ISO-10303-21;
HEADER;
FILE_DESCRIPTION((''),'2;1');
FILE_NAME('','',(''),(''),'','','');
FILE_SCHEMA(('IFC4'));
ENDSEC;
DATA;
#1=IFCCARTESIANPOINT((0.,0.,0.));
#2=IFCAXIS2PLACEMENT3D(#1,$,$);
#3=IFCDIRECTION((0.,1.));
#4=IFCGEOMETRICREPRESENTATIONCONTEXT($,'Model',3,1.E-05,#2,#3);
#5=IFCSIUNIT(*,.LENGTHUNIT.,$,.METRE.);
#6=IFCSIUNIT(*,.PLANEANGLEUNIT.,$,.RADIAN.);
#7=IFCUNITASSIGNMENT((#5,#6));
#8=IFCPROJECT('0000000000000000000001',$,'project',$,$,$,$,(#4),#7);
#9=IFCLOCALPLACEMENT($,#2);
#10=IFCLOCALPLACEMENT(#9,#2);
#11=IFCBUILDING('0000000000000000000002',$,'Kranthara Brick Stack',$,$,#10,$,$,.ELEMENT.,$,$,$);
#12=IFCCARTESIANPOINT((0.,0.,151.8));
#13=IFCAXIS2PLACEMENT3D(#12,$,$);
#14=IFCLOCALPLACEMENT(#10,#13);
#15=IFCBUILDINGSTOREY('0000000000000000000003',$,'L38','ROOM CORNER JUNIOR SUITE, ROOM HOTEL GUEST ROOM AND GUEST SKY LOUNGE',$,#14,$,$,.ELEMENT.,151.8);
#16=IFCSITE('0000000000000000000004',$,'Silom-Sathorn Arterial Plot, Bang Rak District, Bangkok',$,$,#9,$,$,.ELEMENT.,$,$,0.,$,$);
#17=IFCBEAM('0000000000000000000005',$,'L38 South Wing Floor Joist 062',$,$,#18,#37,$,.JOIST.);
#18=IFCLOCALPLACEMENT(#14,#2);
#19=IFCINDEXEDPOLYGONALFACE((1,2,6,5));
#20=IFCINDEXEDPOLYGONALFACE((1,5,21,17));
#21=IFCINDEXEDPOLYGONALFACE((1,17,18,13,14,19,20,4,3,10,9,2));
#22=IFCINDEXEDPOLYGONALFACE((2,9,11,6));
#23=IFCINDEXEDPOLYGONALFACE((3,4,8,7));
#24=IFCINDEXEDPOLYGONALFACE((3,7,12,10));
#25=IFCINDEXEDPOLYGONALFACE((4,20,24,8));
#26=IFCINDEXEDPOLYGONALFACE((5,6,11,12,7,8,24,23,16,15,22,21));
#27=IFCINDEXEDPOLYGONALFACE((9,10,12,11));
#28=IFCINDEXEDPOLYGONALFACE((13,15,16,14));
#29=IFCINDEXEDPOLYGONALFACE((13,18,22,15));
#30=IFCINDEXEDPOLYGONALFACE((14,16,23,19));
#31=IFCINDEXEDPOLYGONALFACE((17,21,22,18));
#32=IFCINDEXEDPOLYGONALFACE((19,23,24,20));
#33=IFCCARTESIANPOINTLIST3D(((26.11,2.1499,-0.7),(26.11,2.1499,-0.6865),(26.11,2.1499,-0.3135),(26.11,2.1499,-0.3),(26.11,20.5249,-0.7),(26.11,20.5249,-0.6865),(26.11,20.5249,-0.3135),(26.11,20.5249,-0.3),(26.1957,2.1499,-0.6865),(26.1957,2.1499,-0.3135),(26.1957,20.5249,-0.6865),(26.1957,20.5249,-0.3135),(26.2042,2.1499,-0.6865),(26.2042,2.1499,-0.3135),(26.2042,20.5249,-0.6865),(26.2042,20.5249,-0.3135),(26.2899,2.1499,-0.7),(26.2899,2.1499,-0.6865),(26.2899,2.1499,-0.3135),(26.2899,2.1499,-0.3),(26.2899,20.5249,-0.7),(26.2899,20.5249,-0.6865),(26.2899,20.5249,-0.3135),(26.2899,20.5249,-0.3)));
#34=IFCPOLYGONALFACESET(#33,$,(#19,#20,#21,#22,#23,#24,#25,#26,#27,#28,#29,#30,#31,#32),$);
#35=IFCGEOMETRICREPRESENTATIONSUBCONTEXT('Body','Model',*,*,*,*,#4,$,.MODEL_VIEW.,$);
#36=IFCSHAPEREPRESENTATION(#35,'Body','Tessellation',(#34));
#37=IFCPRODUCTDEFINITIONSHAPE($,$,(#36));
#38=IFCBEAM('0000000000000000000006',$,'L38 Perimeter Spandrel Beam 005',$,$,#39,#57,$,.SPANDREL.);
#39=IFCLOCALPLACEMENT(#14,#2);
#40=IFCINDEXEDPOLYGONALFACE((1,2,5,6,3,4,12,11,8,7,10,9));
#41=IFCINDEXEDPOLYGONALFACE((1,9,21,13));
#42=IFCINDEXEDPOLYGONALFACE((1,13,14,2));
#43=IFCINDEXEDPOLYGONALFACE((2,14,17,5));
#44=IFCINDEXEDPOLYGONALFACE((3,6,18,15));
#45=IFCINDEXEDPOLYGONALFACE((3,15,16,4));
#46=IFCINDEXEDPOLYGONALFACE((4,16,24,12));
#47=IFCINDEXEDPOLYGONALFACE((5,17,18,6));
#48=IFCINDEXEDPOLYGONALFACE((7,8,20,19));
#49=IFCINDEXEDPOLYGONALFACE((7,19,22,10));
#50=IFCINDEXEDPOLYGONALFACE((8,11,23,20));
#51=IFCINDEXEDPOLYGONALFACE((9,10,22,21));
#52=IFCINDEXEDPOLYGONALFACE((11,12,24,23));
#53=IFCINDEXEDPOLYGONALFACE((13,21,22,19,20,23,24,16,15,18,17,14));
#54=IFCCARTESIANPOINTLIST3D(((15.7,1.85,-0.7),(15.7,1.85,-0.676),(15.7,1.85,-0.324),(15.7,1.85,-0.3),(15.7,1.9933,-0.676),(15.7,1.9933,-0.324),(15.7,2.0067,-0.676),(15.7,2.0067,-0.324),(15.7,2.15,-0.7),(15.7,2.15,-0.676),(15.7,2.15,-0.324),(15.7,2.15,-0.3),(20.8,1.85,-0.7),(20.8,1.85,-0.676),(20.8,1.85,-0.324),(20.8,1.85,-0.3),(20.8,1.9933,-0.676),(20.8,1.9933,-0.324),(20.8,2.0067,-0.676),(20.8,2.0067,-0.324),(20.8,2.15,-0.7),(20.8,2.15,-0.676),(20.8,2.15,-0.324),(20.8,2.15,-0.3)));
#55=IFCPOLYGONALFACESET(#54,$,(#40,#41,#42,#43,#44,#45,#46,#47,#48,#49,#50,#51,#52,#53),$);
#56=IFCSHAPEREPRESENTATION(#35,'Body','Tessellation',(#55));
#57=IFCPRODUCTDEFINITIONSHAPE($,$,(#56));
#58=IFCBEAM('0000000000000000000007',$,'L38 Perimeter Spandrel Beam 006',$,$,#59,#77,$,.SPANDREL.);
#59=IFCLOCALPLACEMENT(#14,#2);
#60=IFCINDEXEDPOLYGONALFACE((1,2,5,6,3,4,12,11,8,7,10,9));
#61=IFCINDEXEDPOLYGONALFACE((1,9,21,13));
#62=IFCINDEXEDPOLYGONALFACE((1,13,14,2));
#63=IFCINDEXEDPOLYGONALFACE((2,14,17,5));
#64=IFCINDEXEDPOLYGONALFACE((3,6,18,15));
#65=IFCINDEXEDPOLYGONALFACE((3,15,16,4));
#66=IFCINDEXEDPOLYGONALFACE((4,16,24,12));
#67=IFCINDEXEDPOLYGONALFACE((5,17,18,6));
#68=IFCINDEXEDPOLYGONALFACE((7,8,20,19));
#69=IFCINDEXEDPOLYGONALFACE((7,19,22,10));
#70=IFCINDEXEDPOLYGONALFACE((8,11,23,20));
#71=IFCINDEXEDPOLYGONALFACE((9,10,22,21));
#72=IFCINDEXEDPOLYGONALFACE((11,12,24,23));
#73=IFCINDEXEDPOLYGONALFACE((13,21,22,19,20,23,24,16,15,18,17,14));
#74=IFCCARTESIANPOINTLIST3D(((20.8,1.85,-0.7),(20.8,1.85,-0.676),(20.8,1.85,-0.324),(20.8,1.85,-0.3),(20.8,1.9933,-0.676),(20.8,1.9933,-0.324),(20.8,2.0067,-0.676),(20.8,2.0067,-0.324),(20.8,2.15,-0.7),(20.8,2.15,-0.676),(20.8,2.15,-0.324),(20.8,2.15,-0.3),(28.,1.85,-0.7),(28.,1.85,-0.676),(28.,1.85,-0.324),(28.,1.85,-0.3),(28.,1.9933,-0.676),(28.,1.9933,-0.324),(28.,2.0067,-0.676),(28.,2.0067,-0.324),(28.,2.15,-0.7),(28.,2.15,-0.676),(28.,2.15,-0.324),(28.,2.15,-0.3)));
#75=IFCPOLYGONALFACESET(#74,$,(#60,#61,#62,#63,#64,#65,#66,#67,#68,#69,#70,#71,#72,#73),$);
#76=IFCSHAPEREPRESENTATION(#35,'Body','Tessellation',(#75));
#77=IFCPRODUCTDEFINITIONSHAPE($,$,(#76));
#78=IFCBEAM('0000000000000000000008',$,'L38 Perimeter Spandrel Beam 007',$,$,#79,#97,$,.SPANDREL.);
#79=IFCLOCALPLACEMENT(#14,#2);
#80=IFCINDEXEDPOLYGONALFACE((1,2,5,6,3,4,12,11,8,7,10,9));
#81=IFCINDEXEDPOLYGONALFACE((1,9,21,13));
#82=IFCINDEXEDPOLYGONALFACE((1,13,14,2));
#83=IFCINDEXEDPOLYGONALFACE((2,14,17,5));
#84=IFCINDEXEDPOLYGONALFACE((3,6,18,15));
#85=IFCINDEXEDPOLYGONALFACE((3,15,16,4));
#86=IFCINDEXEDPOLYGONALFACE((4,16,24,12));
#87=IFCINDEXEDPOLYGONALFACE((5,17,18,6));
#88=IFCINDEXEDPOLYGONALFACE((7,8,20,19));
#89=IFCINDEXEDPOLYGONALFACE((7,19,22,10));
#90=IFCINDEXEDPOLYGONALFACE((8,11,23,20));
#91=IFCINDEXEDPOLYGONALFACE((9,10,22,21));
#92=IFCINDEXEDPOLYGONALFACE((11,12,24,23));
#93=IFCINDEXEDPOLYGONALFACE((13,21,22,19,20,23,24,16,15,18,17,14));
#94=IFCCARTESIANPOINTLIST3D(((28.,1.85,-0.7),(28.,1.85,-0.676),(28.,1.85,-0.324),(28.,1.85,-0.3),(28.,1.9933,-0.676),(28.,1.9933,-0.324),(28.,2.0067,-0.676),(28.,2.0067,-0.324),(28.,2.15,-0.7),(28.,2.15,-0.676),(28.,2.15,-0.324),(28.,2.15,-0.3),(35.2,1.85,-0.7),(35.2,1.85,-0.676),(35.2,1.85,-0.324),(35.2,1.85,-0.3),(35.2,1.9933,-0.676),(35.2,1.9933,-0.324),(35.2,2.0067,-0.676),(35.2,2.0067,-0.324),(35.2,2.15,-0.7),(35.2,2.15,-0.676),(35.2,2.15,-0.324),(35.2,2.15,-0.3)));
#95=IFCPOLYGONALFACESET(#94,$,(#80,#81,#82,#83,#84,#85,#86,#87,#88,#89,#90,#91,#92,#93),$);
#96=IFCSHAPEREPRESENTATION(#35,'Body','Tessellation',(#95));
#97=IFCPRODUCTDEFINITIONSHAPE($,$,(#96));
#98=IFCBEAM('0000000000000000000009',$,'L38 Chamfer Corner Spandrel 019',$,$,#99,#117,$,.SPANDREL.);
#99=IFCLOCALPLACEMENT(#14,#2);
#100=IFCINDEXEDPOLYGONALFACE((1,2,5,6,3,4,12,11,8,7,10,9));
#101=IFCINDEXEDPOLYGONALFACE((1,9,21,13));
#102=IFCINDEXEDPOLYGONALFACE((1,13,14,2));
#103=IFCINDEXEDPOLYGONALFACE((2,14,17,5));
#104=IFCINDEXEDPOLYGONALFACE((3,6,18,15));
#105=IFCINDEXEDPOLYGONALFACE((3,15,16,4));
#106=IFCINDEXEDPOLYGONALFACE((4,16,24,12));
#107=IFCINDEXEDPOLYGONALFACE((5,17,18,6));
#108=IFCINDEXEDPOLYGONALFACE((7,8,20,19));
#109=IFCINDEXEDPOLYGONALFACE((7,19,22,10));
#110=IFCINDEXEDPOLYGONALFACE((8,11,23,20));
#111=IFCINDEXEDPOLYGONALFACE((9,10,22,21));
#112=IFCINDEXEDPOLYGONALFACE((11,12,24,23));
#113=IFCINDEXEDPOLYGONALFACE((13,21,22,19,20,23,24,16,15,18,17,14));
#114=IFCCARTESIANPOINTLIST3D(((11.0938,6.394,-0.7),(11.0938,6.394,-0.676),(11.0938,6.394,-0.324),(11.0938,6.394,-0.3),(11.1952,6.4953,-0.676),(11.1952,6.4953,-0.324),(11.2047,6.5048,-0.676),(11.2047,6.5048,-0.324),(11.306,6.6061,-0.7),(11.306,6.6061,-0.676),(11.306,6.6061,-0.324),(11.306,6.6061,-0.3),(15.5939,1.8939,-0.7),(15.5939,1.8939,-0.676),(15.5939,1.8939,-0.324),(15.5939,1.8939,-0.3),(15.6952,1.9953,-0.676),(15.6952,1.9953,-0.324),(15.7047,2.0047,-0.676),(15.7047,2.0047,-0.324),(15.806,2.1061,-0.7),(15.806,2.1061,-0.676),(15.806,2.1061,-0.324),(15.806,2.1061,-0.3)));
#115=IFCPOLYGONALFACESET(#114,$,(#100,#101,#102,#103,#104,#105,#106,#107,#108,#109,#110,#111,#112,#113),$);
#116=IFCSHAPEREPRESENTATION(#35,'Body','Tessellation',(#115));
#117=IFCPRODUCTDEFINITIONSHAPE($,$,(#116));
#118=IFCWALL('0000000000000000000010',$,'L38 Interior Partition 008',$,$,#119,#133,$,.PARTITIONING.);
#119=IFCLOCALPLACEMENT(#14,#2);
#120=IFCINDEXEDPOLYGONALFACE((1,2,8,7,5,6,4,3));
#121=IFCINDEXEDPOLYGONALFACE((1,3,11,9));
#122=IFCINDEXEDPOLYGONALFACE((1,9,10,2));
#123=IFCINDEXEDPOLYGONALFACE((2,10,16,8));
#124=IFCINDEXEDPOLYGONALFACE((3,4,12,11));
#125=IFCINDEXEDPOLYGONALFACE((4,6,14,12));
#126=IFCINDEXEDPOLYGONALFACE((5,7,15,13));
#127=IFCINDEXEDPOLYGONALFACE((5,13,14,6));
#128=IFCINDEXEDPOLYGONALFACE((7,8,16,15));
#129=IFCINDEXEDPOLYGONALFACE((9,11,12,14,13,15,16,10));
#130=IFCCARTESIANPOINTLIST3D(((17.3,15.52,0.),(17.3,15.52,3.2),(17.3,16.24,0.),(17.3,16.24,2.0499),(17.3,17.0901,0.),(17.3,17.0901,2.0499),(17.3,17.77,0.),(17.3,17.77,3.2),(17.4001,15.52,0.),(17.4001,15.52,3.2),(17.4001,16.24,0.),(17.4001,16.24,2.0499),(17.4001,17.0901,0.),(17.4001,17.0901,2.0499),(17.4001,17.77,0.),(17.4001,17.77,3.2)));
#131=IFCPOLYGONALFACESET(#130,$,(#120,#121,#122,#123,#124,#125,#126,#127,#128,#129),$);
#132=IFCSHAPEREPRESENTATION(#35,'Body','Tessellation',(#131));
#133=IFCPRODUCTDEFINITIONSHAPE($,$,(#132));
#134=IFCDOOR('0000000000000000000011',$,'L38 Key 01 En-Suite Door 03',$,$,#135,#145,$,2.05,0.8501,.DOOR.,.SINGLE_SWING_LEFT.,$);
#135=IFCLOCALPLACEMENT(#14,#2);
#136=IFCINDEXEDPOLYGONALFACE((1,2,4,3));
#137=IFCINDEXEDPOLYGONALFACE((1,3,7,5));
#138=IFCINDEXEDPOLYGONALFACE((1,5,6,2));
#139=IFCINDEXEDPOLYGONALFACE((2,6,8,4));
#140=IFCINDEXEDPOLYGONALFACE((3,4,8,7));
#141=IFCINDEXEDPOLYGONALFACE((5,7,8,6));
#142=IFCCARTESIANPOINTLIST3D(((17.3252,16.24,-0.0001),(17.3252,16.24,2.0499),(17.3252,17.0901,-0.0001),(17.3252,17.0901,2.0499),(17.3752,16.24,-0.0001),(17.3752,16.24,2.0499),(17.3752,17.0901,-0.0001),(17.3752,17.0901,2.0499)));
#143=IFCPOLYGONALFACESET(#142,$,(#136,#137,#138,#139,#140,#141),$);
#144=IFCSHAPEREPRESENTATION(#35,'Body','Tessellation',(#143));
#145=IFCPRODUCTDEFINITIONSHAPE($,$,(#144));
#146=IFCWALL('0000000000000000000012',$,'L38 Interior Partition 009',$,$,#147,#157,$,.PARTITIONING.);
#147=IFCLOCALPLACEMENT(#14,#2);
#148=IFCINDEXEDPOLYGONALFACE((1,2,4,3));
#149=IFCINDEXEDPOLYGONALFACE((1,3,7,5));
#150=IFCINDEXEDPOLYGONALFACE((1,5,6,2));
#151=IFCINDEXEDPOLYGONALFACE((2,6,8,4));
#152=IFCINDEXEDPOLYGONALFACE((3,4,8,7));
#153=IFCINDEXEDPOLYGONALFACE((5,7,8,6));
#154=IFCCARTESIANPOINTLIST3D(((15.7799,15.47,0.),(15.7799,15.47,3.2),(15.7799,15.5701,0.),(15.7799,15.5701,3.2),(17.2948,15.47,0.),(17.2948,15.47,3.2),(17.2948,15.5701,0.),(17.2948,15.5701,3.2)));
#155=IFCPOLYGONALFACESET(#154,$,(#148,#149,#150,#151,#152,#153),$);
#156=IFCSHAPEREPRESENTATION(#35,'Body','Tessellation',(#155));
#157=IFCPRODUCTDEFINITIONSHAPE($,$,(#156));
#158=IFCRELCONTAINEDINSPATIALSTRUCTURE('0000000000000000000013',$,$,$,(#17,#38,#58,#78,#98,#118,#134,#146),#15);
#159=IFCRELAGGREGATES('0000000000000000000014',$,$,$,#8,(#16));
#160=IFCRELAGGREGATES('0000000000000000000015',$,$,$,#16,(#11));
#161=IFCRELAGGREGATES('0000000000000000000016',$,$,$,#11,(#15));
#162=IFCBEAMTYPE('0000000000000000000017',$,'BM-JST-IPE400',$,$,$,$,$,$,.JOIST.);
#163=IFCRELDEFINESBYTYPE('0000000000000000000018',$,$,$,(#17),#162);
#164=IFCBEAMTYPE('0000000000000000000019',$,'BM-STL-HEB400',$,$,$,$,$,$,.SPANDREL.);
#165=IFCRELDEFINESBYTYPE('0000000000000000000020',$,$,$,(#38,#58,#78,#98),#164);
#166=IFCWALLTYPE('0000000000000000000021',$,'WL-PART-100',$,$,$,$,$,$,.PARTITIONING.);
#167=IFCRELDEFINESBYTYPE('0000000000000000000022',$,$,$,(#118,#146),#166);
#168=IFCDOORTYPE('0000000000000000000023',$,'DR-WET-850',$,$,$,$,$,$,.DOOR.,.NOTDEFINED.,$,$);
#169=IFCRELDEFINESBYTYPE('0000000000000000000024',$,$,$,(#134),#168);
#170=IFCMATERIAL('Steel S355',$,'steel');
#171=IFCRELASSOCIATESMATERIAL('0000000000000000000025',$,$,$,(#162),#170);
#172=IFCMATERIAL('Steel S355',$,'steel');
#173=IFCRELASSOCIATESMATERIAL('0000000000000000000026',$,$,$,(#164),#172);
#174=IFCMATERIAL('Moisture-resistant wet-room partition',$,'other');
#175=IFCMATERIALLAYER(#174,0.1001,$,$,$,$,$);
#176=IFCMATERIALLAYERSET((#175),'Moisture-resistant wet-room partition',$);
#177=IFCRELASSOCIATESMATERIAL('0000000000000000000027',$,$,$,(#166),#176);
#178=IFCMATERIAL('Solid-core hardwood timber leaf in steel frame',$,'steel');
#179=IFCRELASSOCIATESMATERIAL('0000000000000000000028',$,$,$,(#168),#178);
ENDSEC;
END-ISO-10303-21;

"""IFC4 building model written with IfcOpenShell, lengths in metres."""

from ifc_helpers import new_model, si_unit, direction, frame, frame_2d, origin, origin_2d, place, context, subcontext, project, spatial, rectangle, i_section, extrude, material, layer, layer_set, material_profile, profile_set, type_object, element, fill, save


model = new_model("IFC4")

# Units and contexts
model_context = context("Model", 3, precision=1e-05, world=origin(), true_north=direction((0.0, 1.0)))
body_context = subcontext(model_context, "Body", "Model", "MODEL_VIEW")
ifc_project = project(units=[si_unit("LENGTHUNIT", "METRE"), si_unit("PLANEANGLEUNIT", "RADIAN")], contexts=[model_context])

# Site, building, storey
site_placement = place(None, origin())
site = spatial("IfcSite", under=ifc_project, at=site_placement, Name="Silom-Sathorn Arterial Plot, Bang Rak District, Bangkok", CompositionType="ELEMENT", RefElevation=0.0)
building_placement = place(site_placement, origin())
building = spatial("IfcBuilding", under=site, at=building_placement, Name="Kranthara Brick Stack", CompositionType="ELEMENT")
storey_placement = place(building_placement, frame((0.0, 0.0, 151.8)))
storey = spatial("IfcBuildingStorey", under=building, at=storey_placement, Name="L38", Description="ROOM CORNER JUNIOR SUITE, ROOM HOTEL GUEST ROOM AND GUEST SKY LOUNGE", CompositionType="ELEMENT", Elevation=151.8)

# Beams
ifc_material_1 = material(Name="Steel S355", Category="steel")
ifc_material_profile_1 = material_profile(ifc_material_1, i_section(OverallWidth=0.1799, OverallDepth=0.3999, WebThickness=0.0085, FlangeThickness=0.0134, at=origin_2d()), Name="IPE 400")
ifc_profile_set_1 = profile_set([ifc_material_profile_1], Name="Steel S355")
beam_type_1 = type_object("IfcBeamType", Name="BM-JST-IPE400", PredefinedType="JOIST", material=ifc_profile_set_1)
for number, where, z_axis, x_axis, name in (
    (1, (26.2, 2.1499, -0.5), (0.0, 1.0, 0.0), (-1.0, 0.0, 0.0), "L38 South Wing Floor Joist 062"),
):
    element("IfcBeam", number, at=place(storey_placement, frame(where, z_axis=z_axis, x_axis=x_axis)), inside=storey, type_object=beam_type_1, Name=name, PredefinedType="JOIST", context=body_context, shape_type="SweptSolid", body=[
        extrude(i_section(OverallWidth=0.1799, OverallDepth=0.3999, WebThickness=0.0085, FlangeThickness=0.0134, at=origin_2d()), origin(), (0.0, 0.0, 1.0), 18.375),
    ])
ifc_material_2 = material(Name="Steel S355", Category="steel")
ifc_material_profile_2 = material_profile(ifc_material_2, i_section(OverallWidth=0.3, OverallDepth=0.3999, WebThickness=0.0134, FlangeThickness=0.0239, at=origin_2d()), Name="HEB 400")
ifc_profile_set_2 = profile_set([ifc_material_profile_2], Name="Steel S355")
beam_type_2 = type_object("IfcBeamType", Name="BM-STL-HEB400", PredefinedType="SPANDREL", material=ifc_profile_set_2)
beam_1_placement = place(storey_placement, frame((15.7, 2.0, -0.5), z_axis=(1.0, 0.0, 0.0), x_axis=(0.0, 1.0, 0.0)))
element("IfcBeam", 2, at=beam_1_placement, inside=storey, type_object=beam_type_2, Name="L38 Perimeter Spandrel Beam 005", PredefinedType="SPANDREL", context=body_context, shape_type="SweptSolid", body=[
    extrude(i_section(OverallWidth=0.3, OverallDepth=0.3999, WebThickness=0.0134, FlangeThickness=0.0239, at=origin_2d()), origin(), (0.0, 0.0, 1.0), 5.1001),
])
for number, where, z_axis, x_axis, name in (
    (3, (20.8, 2.0, -0.5), (1.0, 0.0, 0.0), (0.0, 1.0, 0.0), "L38 Perimeter Spandrel Beam 006"),
    (4, (28.0, 2.0, -0.5), (1.0, 0.0, 0.0), (0.0, 1.0, 0.0), "L38 Perimeter Spandrel Beam 007"),
):
    element("IfcBeam", number, at=place(storey_placement, frame(where, z_axis=z_axis, x_axis=x_axis)), inside=storey, type_object=beam_type_2, Name=name, PredefinedType="SPANDREL", context=body_context, shape_type="SweptSolid", body=[
        extrude(i_section(OverallWidth=0.3, OverallDepth=0.3999, WebThickness=0.0134, FlangeThickness=0.0239, at=origin_2d()), origin(), (0.0, 0.0, 1.0), 7.2),
    ])
beam_2_placement = place(storey_placement, frame((15.7, 2.0, -0.5), z_axis=(-0.707107, 0.707107, 0.0), x_axis=(-0.707107, -0.707107, 0.0)))
element("IfcBeam", 5, at=beam_2_placement, inside=storey, type_object=beam_type_2, Name="L38 Chamfer Corner Spandrel 019", PredefinedType="SPANDREL", context=body_context, shape_type="SweptSolid", body=[
    extrude(i_section(OverallWidth=0.3, OverallDepth=0.3999, WebThickness=0.0134, FlangeThickness=0.0239, at=origin_2d()), origin(), (0.0, 0.0, 1.0), 6.364),
])

# Wall, opening, door
ifc_material_3 = material(Name="Moisture-resistant wet-room partition", Category="other")
ifc_layer_1 = layer(ifc_material_3, 0.1001)
ifc_layer_set_1 = layer_set([ifc_layer_1], Name="Moisture-resistant wet-room partition")
wall_type_1 = type_object("IfcWallType", Name="WL-PART-100", PredefinedType="PARTITIONING", material=ifc_layer_set_1)
wall_1_placement = place(storey_placement, frame((17.3501, 15.52, 0.0), z_axis=(0.0, 0.0, 1.0), x_axis=(0.0, 1.0, 0.0)))
wall_1 = element("IfcWall", 6, at=wall_1_placement, inside=storey, type_object=wall_type_1, Name="L38 Interior Partition 008", PredefinedType="PARTITIONING", context=body_context, shape_type="SweptSolid", body=[
    extrude(rectangle(XDim=2.25, YDim=0.1001, at=frame_2d((1.125, 0.0))), origin(), (0.0, 0.0, 1.0), 3.2),
])
opening_1_placement = place(wall_1_placement, frame((0.72, 0.0, 0.0)))
opening_1 = element("IfcOpeningElement", 7, at=opening_1_placement, cuts=wall_1, PredefinedType="OPENING", context=body_context, shape_type="SweptSolid", body=[
    extrude(rectangle(XDim=0.8501, YDim=2.05, at=frame_2d((0.425, 1.0249))), frame((0.0, 0.0601, 0.0), z_axis=(0.0, -1.0, 0.0), x_axis=(1.0, 0.0, 0.0)), (0.0, 0.0, 1.0), 0.1201),
])
ifc_material_4 = material(Name="Solid-core hardwood timber leaf in steel frame", Category="steel")
door_type_1 = type_object("IfcDoorType", Name="DR-WET-850", OperationType="NOTDEFINED", PredefinedType="DOOR", material=ifc_material_4)
door_1_placement = place(opening_1_placement, origin())
door_1 = element("IfcDoor", 8, at=door_1_placement, inside=storey, type_object=door_type_1, Name="L38 Key 01 En-Suite Door 03", OperationType="SINGLE_SWING_LEFT", OverallHeight=2.05, OverallWidth=0.8501, PredefinedType="DOOR", context=body_context, shape_type="SweptSolid", body=[
    extrude(rectangle(XDim=0.8501, YDim=2.05, at=frame_2d((0.425, 1.0249))), frame((0.0, 0.0249, 0.0), z_axis=(0.0, -1.0, 0.0), x_axis=(1.0, 0.0, 0.0)), (0.0, 0.0, 1.0), 0.05),
])
fill(opening_1, door_1)

# Wall
wall_2_placement = place(storey_placement, frame((15.78, 15.52, 0.0), z_axis=(0.0, 0.0, 1.0), x_axis=(1.0, 0.0, 0.0)))
element("IfcWall", 9, at=wall_2_placement, inside=storey, type_object=wall_type_1, Name="L38 Interior Partition 009", PredefinedType="PARTITIONING", context=body_context, shape_type="SweptSolid", body=[
    extrude(rectangle(XDim=1.5149, YDim=0.1001, at=frame_2d((0.7573, 0.0))), origin(), (0.0, 0.0, 1.0), 3.2),
])

save(model, "model.ifc")
